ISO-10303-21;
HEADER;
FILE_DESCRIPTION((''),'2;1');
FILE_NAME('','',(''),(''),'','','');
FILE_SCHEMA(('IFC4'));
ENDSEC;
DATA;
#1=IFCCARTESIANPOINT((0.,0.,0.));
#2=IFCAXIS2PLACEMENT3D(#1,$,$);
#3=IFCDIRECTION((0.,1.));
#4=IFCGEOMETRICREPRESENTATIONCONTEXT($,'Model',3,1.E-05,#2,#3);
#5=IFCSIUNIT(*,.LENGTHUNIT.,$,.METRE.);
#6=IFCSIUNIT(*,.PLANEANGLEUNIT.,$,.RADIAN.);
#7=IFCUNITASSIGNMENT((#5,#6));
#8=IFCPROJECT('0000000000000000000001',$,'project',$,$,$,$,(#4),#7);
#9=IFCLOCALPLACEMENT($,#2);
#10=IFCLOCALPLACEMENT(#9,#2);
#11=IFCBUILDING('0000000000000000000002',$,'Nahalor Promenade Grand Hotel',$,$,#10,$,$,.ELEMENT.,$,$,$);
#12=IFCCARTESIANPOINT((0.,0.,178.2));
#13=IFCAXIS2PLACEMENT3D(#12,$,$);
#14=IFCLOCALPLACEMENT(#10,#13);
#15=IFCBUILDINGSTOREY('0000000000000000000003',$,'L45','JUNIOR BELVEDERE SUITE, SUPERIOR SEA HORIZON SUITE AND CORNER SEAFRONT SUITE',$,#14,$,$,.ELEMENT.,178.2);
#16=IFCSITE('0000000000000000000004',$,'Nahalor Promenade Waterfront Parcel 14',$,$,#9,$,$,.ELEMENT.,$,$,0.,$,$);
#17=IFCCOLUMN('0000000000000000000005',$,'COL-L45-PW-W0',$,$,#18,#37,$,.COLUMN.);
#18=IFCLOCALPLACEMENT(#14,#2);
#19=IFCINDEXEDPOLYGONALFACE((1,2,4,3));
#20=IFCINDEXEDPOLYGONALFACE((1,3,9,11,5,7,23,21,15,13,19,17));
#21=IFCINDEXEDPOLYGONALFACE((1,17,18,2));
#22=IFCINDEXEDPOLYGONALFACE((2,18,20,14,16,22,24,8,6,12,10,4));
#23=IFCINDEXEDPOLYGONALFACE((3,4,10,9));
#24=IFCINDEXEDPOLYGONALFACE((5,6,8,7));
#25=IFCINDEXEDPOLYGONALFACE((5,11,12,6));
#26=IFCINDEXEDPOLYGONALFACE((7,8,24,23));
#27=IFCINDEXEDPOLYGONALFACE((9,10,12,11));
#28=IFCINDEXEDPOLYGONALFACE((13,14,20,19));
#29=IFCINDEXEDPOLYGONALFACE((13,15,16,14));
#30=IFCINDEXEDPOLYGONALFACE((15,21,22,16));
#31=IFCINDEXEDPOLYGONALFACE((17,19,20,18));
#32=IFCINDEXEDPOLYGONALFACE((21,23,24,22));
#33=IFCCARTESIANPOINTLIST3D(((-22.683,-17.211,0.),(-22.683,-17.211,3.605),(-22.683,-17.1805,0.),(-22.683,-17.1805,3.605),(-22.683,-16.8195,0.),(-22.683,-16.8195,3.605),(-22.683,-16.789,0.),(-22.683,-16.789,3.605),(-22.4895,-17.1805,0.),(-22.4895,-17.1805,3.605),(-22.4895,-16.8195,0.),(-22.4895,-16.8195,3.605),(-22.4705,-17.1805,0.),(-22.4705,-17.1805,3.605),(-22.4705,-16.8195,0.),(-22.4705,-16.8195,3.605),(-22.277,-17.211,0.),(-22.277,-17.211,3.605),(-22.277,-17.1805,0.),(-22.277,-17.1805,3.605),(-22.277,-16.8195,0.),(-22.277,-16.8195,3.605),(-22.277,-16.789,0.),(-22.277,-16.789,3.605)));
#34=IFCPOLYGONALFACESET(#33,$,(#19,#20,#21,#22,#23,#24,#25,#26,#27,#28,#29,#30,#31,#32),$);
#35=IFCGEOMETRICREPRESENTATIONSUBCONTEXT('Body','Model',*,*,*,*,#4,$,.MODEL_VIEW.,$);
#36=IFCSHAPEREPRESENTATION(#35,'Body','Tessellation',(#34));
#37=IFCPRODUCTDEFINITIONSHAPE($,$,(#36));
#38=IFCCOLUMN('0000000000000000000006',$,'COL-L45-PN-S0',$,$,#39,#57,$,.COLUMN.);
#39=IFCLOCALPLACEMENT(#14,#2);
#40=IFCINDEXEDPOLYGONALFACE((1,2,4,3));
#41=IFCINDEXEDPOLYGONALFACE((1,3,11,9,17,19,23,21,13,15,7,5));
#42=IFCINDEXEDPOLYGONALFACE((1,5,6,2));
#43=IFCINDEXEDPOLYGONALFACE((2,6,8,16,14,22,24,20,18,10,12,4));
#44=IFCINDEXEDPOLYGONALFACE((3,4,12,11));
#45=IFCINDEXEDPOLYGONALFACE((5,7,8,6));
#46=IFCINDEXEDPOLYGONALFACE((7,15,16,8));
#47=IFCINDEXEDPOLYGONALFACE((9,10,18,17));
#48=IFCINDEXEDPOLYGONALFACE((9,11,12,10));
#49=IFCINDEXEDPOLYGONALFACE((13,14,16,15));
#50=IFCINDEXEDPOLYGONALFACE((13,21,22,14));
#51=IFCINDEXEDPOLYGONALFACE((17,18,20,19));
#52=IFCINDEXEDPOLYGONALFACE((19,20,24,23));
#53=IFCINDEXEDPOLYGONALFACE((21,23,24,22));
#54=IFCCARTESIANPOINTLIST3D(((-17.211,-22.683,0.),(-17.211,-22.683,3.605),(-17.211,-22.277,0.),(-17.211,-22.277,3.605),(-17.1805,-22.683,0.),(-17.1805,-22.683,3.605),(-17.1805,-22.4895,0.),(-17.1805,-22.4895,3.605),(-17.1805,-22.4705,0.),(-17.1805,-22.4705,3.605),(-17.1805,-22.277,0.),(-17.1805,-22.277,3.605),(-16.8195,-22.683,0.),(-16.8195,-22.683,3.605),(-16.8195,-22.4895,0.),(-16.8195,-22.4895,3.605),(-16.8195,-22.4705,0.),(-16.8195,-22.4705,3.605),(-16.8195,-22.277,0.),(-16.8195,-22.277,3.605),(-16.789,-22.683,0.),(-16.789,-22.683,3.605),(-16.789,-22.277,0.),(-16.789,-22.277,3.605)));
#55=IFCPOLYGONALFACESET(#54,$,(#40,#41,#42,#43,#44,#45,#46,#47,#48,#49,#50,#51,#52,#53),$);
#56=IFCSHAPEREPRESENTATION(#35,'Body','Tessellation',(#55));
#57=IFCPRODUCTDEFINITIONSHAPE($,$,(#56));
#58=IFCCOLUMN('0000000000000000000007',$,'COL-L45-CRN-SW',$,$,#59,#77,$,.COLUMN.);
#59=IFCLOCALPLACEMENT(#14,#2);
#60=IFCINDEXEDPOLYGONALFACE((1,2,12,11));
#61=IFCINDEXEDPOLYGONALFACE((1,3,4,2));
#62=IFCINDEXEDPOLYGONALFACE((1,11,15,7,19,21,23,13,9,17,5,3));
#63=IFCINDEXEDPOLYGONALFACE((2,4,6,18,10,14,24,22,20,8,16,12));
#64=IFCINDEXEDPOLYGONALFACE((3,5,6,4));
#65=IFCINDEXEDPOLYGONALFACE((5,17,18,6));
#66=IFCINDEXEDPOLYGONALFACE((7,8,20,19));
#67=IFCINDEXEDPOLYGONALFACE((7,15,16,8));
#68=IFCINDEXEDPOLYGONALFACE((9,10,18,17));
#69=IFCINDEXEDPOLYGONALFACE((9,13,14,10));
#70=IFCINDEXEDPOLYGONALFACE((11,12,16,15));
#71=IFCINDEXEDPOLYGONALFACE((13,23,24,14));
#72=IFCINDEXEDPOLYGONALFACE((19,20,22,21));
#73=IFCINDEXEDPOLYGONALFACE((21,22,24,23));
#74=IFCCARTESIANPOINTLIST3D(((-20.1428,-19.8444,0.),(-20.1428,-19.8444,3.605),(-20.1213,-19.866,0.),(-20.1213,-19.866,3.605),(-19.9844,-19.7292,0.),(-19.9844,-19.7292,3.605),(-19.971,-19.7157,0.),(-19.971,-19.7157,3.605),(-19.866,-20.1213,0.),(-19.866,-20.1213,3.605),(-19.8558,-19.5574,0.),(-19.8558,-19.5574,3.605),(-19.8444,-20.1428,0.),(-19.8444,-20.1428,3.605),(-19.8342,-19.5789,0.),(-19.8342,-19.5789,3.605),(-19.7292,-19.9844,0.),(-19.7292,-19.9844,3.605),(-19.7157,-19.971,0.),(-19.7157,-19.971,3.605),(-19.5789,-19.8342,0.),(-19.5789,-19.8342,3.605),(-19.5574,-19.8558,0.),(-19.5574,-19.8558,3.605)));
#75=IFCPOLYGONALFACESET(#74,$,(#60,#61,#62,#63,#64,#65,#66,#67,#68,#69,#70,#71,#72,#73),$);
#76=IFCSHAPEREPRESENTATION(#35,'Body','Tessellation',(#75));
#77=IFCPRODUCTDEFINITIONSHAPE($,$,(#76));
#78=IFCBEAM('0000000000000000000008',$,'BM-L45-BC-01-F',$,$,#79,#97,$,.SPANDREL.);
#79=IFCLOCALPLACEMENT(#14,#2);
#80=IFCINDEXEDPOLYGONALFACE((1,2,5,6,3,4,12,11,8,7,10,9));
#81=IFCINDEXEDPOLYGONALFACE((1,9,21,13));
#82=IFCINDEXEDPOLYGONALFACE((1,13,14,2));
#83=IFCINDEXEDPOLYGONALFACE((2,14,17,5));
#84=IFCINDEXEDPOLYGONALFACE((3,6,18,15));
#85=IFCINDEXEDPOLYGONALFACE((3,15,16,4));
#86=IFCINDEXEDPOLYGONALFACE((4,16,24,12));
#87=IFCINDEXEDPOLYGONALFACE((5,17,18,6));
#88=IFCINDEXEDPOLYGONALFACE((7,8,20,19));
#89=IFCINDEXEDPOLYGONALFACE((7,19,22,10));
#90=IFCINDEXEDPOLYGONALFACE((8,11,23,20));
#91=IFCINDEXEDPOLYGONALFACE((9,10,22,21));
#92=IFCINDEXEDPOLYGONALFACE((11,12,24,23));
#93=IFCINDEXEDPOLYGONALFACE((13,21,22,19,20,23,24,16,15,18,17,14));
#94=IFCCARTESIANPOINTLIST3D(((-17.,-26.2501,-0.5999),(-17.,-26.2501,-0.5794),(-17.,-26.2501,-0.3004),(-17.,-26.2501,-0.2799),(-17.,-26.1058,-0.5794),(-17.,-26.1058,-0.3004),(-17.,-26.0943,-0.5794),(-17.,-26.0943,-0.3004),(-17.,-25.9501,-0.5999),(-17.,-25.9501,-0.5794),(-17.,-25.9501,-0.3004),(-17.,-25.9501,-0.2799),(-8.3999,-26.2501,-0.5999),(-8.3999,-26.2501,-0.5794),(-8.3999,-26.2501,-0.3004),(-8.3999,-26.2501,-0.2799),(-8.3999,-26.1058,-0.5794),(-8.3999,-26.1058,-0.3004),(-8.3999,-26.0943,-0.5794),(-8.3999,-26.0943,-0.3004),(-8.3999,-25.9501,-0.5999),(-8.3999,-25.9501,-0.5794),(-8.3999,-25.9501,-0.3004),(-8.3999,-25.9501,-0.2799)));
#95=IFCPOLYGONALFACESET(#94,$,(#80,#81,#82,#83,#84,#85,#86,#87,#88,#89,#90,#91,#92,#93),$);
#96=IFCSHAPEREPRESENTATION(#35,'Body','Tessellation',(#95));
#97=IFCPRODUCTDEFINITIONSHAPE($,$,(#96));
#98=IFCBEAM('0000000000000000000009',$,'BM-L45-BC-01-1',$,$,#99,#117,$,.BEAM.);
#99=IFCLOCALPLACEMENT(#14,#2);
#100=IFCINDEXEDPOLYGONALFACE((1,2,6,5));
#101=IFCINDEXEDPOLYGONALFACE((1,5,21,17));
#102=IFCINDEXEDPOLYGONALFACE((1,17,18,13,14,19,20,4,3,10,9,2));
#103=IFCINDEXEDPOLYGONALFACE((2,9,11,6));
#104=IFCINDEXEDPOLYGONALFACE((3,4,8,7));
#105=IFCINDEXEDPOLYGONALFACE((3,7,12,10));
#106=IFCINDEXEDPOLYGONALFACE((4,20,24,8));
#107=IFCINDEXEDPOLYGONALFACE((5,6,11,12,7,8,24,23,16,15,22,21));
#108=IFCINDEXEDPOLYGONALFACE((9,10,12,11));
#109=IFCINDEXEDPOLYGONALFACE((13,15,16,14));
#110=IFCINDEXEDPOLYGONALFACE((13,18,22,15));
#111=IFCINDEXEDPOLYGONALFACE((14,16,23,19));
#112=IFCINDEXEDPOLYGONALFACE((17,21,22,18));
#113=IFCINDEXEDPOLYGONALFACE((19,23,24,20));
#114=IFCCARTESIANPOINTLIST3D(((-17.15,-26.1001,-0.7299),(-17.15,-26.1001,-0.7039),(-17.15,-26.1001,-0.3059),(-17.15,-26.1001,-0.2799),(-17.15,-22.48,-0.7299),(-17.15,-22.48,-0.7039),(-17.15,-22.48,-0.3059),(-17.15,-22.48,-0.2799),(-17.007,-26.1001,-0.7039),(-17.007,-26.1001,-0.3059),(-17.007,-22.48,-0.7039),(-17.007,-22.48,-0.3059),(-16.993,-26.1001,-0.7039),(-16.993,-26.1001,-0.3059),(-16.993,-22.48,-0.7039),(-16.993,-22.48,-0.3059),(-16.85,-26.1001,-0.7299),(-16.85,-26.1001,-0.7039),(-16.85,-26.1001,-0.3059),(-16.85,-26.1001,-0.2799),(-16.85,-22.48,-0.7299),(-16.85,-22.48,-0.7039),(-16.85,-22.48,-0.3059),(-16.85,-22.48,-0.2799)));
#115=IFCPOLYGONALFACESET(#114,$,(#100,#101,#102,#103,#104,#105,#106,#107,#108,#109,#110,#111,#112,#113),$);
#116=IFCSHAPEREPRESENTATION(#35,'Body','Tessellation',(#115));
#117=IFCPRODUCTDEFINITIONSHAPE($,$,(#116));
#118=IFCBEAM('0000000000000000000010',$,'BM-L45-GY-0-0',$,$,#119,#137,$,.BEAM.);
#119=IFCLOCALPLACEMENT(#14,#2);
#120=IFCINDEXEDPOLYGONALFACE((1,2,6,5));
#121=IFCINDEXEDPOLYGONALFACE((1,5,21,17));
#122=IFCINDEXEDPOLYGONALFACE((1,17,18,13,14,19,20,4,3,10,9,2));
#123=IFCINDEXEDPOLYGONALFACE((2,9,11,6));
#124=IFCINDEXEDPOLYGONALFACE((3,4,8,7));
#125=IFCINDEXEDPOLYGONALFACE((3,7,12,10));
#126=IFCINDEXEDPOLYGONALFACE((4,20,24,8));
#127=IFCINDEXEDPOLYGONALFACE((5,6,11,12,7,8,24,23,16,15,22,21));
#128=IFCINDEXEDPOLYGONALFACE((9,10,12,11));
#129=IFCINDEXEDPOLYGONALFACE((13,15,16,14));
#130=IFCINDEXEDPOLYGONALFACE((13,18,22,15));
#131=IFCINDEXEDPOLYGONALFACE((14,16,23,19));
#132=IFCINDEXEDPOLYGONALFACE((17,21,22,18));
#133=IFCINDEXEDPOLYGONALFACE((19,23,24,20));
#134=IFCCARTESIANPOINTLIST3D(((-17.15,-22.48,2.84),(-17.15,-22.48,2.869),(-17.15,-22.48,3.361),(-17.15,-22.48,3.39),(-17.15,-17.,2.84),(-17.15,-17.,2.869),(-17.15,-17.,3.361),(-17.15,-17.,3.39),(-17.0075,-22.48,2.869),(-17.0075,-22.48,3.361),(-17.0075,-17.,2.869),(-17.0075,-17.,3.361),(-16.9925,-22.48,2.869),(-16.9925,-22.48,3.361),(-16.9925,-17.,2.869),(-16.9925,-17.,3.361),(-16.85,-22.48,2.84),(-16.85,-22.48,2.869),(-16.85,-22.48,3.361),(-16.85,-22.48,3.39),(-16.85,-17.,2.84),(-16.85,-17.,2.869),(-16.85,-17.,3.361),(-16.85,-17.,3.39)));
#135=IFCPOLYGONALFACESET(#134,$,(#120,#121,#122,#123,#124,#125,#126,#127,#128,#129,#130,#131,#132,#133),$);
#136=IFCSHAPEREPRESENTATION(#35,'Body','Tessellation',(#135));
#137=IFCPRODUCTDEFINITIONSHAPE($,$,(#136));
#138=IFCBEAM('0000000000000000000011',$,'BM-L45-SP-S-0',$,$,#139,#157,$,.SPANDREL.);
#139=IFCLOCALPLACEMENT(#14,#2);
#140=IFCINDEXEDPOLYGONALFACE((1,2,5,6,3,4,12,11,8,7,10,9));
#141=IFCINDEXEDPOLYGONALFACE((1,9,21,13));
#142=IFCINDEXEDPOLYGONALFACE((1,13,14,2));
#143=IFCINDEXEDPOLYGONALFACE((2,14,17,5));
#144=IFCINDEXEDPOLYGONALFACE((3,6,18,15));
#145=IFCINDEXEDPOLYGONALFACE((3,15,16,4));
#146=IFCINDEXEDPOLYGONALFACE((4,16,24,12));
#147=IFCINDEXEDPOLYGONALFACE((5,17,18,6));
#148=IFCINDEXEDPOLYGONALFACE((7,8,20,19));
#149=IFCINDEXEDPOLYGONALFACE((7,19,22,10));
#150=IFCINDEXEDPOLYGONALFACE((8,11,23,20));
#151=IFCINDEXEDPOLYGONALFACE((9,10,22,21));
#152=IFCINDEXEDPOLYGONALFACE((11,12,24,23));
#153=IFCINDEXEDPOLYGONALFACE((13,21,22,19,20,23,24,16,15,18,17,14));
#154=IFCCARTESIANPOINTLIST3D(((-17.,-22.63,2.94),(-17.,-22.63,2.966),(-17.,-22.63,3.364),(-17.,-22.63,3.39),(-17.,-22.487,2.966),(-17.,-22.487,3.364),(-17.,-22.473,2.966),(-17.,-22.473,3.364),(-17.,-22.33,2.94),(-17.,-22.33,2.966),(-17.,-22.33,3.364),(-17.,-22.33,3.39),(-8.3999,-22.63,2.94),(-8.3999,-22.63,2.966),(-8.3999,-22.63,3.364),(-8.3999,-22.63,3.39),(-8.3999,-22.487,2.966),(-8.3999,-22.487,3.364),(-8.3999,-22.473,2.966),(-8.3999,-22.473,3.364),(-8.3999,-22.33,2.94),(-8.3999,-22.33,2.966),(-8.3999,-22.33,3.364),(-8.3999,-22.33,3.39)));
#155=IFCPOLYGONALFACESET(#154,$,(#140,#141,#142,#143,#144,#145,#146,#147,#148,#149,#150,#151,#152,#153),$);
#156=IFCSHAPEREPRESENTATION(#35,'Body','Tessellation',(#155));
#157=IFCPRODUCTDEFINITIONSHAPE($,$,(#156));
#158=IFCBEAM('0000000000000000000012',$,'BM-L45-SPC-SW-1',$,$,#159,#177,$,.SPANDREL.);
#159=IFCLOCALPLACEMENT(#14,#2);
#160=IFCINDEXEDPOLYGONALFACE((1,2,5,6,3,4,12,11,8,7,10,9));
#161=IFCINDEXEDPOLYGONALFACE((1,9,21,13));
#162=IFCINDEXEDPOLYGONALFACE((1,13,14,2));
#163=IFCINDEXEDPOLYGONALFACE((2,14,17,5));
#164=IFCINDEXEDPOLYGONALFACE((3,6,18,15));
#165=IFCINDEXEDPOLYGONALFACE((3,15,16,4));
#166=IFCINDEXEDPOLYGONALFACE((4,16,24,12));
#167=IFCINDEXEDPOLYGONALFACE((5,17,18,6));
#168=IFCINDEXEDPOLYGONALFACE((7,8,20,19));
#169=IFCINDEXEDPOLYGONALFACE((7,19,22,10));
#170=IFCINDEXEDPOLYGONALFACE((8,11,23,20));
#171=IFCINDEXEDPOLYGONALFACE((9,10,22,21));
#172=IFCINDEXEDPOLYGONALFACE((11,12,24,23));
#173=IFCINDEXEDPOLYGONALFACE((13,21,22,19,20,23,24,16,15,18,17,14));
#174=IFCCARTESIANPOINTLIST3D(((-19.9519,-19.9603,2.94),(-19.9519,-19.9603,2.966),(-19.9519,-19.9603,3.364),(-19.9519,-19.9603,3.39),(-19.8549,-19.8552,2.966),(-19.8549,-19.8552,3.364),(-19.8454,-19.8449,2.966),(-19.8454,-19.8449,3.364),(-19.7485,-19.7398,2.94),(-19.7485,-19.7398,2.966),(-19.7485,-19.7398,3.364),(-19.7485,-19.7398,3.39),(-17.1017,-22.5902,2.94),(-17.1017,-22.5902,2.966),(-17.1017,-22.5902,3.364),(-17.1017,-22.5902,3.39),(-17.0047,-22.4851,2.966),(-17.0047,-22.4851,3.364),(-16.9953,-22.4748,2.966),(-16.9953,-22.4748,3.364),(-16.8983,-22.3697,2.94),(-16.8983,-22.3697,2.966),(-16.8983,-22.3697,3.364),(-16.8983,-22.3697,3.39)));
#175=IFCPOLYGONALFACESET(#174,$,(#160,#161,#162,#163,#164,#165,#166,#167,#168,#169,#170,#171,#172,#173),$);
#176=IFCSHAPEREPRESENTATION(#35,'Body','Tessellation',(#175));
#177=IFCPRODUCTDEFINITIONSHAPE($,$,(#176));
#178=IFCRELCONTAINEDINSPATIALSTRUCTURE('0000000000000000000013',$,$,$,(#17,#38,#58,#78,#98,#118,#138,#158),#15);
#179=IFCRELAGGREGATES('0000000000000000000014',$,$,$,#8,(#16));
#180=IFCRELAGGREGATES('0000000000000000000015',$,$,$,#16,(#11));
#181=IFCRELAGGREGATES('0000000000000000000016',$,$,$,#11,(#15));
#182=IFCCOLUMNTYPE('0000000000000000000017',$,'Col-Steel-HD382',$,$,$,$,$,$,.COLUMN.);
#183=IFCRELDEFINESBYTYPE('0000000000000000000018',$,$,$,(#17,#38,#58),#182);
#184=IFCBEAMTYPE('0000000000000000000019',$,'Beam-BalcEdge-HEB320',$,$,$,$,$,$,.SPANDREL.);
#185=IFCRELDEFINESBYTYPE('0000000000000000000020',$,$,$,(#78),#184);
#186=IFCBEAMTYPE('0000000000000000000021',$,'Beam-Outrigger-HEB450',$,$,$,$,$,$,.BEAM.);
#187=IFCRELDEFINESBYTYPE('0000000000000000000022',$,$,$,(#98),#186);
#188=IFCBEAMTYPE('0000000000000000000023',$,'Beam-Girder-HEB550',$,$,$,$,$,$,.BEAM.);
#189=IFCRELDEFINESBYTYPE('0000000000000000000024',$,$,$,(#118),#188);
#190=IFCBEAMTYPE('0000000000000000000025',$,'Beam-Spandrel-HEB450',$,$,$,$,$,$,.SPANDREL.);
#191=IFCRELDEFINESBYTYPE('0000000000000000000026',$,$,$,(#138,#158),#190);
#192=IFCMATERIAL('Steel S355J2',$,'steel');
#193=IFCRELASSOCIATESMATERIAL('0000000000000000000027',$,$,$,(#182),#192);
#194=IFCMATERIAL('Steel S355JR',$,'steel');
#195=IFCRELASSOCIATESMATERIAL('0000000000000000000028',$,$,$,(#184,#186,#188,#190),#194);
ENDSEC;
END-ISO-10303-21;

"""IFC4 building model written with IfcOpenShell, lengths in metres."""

from ifc_helpers import new_model, si_unit, direction, frame, origin, origin_2d, place, context, subcontext, project, spatial, i_section, extrude, source, transform, mapped, material, material_profile, profile_set, type_object, element, save


model = new_model("IFC4")

# Units and contexts
model_context = context("Model", 3, precision=1e-05, world=origin(), true_north=direction((0.0, 1.0)))
body_context = subcontext(model_context, "Body", "Model", "MODEL_VIEW")
ifc_project = project(units=[si_unit("LENGTHUNIT", "METRE"), si_unit("PLANEANGLEUNIT", "RADIAN")], contexts=[model_context])

# Site, building, storey
site_placement = place(None, origin())
site = spatial("IfcSite", under=ifc_project, at=site_placement, Name="Nahalor Promenade Waterfront Parcel 14", CompositionType="ELEMENT", RefElevation=0.0)
building_placement = place(site_placement, origin())
building = spatial("IfcBuilding", under=site, at=building_placement, Name="Nahalor Promenade Grand Hotel", CompositionType="ELEMENT")
storey_placement = place(building_placement, frame((0.0, 0.0, 178.2)))
storey = spatial("IfcBuildingStorey", under=building, at=storey_placement, Name="L45", Description="JUNIOR BELVEDERE SUITE, SUPERIOR SEA HORIZON SUITE AND CORNER SEAFRONT SUITE", CompositionType="ELEMENT", Elevation=178.2)

# Columns
ifc_material_1 = material(Name="Steel S355J2", Category="steel")
ifc_material_profile_1 = material_profile(ifc_material_1, i_section(OverallWidth=0.406, OverallDepth=0.422, WebThickness=0.019, FlangeThickness=0.0305, at=origin_2d()), Name="HD 400x382")
ifc_profile_set_1 = profile_set([ifc_material_profile_1], Name="Steel S355J2")
column_type = type_object("IfcColumnType", Name="Col-Steel-HD382", PredefinedType="COLUMN", material=ifc_profile_set_1)
shared_shape_1 = source(origin(), body_context, "Body", "SweptSolid", [
    extrude(i_section(OverallWidth=0.406, OverallDepth=0.422, WebThickness=0.019, FlangeThickness=0.0305, at=origin_2d()), origin(), (0.0, 0.0, 1.0), 3.605),
])
for number, where, z_axis, x_axis, name in (
    (1, (-22.48, -17.0, 0.0), (0.0, 0.0, 1.0), (1.0, 0.0, 0.0), "COL-L45-PW-W0"),
    (2, (-17.0, -22.48, 0.0), (0.0, 0.0, 1.0), (0.0, 1.0, 0.0), "COL-L45-PN-S0"),
    (3, (-19.8501, -19.8501, 0.0), (0.0, 0.0, 1.0), (0.707107, 0.707107, 0.0), "COL-L45-CRN-SW"),
):
    element("IfcColumn", number, at=place(storey_placement, frame(where, z_axis=z_axis, x_axis=x_axis)), inside=storey, type_object=column_type, Name=name, PredefinedType="COLUMN", context=body_context, shape_type="MappedRepresentation", body=[
        mapped(shared_shape_1, transform((0.0, 0.0, 0.0), scale=1.0)),
    ])

# Beams
ifc_material_2 = material(Name="Steel S355JR", Category="steel")
ifc_material_profile_2 = material_profile(ifc_material_2, i_section(OverallWidth=0.3, OverallDepth=0.32, WebThickness=0.0115, FlangeThickness=0.0205, at=origin_2d()), Name="HEB 320")
ifc_profile_set_2 = profile_set([ifc_material_profile_2], Name="Steel S355JR")
beam_type_1 = type_object("IfcBeamType", Name="Beam-BalcEdge-HEB320", PredefinedType="SPANDREL", material=ifc_profile_set_2)
shared_shape_2 = source(origin(), body_context, "Body", "SweptSolid", [
    extrude(i_section(OverallWidth=0.3, OverallDepth=0.32, WebThickness=0.0115, FlangeThickness=0.0205, at=origin_2d()), origin(), (0.0, 0.0, 1.0), 8.6001),
])
beam_1_placement = place(storey_placement, frame((-17.0, -26.1001, -0.4399), z_axis=(1.0, 0.0, 0.0), x_axis=(0.0, 1.0, 0.0)))
element("IfcBeam", 4, at=beam_1_placement, inside=storey, type_object=beam_type_1, Name="BM-L45-BC-01-F", PredefinedType="SPANDREL", context=body_context, shape_type="MappedRepresentation", body=[
    mapped(shared_shape_2, transform((0.0, 0.0, 0.0), scale=1.0)),
])
ifc_material_profile_3 = material_profile(ifc_material_2, i_section(OverallWidth=0.3, OverallDepth=0.45, WebThickness=0.014, FlangeThickness=0.026, at=origin_2d()), Name="HEB 450")
ifc_profile_set_3 = profile_set([ifc_material_profile_3], Name="Steel S355JR")
beam_type_2 = type_object("IfcBeamType", Name="Beam-Outrigger-HEB450", PredefinedType="BEAM", material=ifc_profile_set_3)
shared_shape_3 = source(origin(), body_context, "Body", "SweptSolid", [
    extrude(i_section(OverallWidth=0.3, OverallDepth=0.45, WebThickness=0.014, FlangeThickness=0.026, at=origin_2d()), origin(), (0.0, 0.0, 1.0), 3.6201),
])
beam_2_placement = place(storey_placement, frame((-17.0, -26.1001, -0.5049), z_axis=(0.0, 1.0, 0.0), x_axis=(-1.0, 0.0, 0.0)))
element("IfcBeam", 5, at=beam_2_placement, inside=storey, type_object=beam_type_2, Name="BM-L45-BC-01-1", PredefinedType="BEAM", context=body_context, shape_type="MappedRepresentation", body=[
    mapped(shared_shape_3, transform((0.0, 0.0, 0.0), scale=1.0)),
])
ifc_material_profile_4 = material_profile(ifc_material_2, i_section(OverallWidth=0.3, OverallDepth=0.55, WebThickness=0.015, FlangeThickness=0.029, at=origin_2d()), Name="HEB 550")
ifc_profile_set_4 = profile_set([ifc_material_profile_4], Name="Steel S355JR")
beam_type_3 = type_object("IfcBeamType", Name="Beam-Girder-HEB550", PredefinedType="BEAM", material=ifc_profile_set_4)
shared_shape_4 = source(origin(), body_context, "Body", "SweptSolid", [
    extrude(i_section(OverallWidth=0.3, OverallDepth=0.55, WebThickness=0.015, FlangeThickness=0.029, at=origin_2d()), origin(), (0.0, 0.0, 1.0), 5.48),
])
beam_3_placement = place(storey_placement, frame((-17.0, -22.48, 3.115), z_axis=(0.0, 1.0, 0.0), x_axis=(-1.0, 0.0, 0.0)))
element("IfcBeam", 6, at=beam_3_placement, inside=storey, type_object=beam_type_3, Name="BM-L45-GY-0-0", PredefinedType="BEAM", context=body_context, shape_type="MappedRepresentation", body=[
    mapped(shared_shape_4, transform((0.0, 0.0, 0.0), scale=1.0)),
])
ifc_material_profile_5 = material_profile(ifc_material_2, i_section(OverallWidth=0.3, OverallDepth=0.45, WebThickness=0.014, FlangeThickness=0.026, at=origin_2d()), Name="HEB 450")
ifc_profile_set_5 = profile_set([ifc_material_profile_5], Name="Steel S355JR")
beam_type_4 = type_object("IfcBeamType", Name="Beam-Spandrel-HEB450", PredefinedType="SPANDREL", material=ifc_profile_set_5)
shared_shape_5 = source(origin(), body_context, "Body", "SweptSolid", [
    extrude(i_section(OverallWidth=0.3, OverallDepth=0.45, WebThickness=0.014, FlangeThickness=0.026, at=origin_2d()), origin(), (0.0, 0.0, 1.0), 8.6001),
])
beam_4_placement = place(storey_placement, frame((-17.0, -22.48, 3.165), z_axis=(1.0, 0.0, 0.0), x_axis=(0.0, 1.0, 0.0)))
element("IfcBeam", 7, at=beam_4_placement, inside=storey, type_object=beam_type_4, Name="BM-L45-SP-S-0", PredefinedType="SPANDREL", context=body_context, shape_type="MappedRepresentation", body=[
    mapped(shared_shape_5, transform((0.0, 0.0, 0.0), scale=1.0)),
])
shared_shape_6 = source(origin(), body_context, "Body", "SweptSolid", [
    extrude(i_section(OverallWidth=0.3, OverallDepth=0.45, WebThickness=0.014, FlangeThickness=0.026, at=origin_2d()), origin(), (0.0, 0.0, 1.0), 3.8782),
])
for number, where, z_axis, x_axis, name in (
    (8, (-17.0, -22.48, 3.165), (-0.734929, 0.678144, 0.0), (-0.678144, -0.734929, 0.0), "BM-L45-SPC-SW-1"),
):
    element("IfcBeam", number, at=place(storey_placement, frame(where, z_axis=z_axis, x_axis=x_axis)), inside=storey, type_object=beam_type_4, Name=name, PredefinedType="SPANDREL", context=body_context, shape_type="MappedRepresentation", body=[
        mapped(shared_shape_6, transform((0.0, 0.0, 0.0), scale=1.0)),
    ])

save(model, "model.ifc")
